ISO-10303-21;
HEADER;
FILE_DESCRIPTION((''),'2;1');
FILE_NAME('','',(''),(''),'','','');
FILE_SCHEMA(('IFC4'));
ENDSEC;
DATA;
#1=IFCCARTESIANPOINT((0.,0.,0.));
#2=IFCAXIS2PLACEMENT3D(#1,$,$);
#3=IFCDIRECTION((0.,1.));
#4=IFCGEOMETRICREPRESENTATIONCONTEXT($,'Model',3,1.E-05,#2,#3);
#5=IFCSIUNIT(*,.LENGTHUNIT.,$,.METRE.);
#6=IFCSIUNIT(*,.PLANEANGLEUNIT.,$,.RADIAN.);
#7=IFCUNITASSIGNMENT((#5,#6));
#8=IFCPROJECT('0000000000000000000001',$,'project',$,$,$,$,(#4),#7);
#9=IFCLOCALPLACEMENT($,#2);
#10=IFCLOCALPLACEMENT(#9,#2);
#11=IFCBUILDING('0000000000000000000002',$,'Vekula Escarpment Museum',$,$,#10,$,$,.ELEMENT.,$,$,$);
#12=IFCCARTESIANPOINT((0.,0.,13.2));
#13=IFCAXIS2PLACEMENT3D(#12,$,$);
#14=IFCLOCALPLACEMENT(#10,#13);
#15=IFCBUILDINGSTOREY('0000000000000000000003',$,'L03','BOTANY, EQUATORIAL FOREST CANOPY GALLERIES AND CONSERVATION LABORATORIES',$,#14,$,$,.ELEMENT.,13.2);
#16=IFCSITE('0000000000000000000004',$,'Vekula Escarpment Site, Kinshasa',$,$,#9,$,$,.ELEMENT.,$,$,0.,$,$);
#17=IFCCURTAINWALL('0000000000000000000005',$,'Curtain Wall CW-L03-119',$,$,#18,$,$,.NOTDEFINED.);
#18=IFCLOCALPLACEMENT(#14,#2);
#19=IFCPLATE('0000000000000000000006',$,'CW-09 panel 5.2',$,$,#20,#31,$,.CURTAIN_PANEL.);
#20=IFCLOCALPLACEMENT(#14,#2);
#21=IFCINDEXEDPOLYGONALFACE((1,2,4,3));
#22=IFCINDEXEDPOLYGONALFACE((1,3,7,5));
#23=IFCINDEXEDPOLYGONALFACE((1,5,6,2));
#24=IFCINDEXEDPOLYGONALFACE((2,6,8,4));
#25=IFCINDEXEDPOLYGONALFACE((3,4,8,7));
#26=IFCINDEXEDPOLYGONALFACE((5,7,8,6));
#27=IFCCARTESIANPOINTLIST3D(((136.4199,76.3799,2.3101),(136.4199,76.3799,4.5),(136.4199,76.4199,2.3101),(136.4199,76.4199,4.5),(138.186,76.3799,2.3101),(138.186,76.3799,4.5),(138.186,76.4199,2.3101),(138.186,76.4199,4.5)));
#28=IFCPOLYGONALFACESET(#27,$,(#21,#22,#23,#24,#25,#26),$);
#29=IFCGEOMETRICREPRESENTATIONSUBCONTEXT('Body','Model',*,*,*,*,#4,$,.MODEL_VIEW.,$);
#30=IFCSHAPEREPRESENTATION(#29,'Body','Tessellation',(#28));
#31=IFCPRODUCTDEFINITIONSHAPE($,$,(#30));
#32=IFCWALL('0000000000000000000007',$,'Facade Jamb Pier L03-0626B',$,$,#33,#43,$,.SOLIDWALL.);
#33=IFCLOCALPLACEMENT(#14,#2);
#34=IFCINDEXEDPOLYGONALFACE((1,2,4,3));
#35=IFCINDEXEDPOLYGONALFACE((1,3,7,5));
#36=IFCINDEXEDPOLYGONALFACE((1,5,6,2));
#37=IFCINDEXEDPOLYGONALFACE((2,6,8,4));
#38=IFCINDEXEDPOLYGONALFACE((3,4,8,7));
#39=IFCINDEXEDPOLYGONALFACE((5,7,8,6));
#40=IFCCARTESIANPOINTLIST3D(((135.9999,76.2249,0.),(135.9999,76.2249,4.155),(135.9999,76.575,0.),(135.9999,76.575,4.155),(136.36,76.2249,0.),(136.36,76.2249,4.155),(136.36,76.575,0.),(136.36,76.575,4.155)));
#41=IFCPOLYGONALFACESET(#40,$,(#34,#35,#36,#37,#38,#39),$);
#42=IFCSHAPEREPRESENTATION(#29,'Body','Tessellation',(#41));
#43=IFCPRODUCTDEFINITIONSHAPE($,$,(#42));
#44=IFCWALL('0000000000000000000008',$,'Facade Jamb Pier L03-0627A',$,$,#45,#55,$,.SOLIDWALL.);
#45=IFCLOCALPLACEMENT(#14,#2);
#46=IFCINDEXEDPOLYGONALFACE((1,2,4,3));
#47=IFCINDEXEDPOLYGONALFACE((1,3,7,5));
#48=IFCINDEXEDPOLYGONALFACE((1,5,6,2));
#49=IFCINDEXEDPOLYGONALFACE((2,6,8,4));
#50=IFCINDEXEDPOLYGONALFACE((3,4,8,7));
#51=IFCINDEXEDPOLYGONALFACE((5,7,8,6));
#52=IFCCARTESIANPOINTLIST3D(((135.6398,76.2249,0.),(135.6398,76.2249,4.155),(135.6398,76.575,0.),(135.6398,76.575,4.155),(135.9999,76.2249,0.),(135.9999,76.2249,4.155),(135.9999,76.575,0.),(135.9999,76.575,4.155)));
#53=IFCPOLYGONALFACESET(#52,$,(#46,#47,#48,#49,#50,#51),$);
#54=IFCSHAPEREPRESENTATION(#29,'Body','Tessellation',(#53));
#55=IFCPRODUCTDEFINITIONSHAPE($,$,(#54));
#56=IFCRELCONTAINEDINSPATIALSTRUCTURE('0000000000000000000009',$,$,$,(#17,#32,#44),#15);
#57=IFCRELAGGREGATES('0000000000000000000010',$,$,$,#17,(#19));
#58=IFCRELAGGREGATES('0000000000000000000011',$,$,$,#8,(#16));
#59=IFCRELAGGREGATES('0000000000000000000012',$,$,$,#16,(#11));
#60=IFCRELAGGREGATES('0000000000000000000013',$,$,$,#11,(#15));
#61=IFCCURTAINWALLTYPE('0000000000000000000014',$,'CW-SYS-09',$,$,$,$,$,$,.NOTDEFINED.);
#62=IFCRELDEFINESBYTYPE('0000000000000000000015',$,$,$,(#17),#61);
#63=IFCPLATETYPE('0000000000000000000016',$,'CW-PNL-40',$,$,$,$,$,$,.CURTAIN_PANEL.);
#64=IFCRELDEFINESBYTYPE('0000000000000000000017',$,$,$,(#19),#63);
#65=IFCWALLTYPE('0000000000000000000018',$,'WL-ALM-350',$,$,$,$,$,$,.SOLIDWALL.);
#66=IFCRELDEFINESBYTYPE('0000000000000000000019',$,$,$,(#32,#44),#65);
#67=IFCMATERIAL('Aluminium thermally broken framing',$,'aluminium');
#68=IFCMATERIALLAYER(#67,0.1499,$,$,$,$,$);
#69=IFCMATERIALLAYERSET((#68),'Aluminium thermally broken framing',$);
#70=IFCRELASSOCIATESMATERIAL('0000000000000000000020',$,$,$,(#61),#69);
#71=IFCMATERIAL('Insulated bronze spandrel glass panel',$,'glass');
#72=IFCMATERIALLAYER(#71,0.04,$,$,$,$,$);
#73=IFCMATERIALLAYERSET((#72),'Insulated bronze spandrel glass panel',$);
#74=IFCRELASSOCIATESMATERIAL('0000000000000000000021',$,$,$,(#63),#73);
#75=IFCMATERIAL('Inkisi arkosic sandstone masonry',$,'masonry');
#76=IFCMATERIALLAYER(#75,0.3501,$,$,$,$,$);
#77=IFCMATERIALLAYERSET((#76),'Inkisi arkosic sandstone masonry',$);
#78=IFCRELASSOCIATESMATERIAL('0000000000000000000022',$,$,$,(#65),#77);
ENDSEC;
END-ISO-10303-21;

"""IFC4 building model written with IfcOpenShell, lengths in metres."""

from ifc_helpers import new_model, si_unit, direction, frame, frame_2d, origin, origin_2d, place, context, subcontext, project, spatial, rectangle, extrude, material, layer, layer_set, type_object, element, aggregate, save


model = new_model("IFC4")

# Units and contexts
model_context = context("Model", 3, precision=1e-05, world=origin(), true_north=direction((0.0, 1.0)))
body_context = subcontext(model_context, "Body", "Model", "MODEL_VIEW")
ifc_project = project(units=[si_unit("LENGTHUNIT", "METRE"), si_unit("PLANEANGLEUNIT", "RADIAN")], contexts=[model_context])

# Site, building, storey
site_placement = place(None, origin())
site = spatial("IfcSite", under=ifc_project, at=site_placement, Name="Vekula Escarpment Site, Kinshasa", CompositionType="ELEMENT", RefElevation=0.0)
building_placement = place(site_placement, origin())
building = spatial("IfcBuilding", under=site, at=building_placement, Name="Vekula Escarpment Museum", CompositionType="ELEMENT")
storey_placement = place(building_placement, frame((0.0, 0.0, 13.2)))
storey = spatial("IfcBuildingStorey", under=building, at=storey_placement, Name="L03", Description="BOTANY, EQUATORIAL FOREST CANOPY GALLERIES AND CONSERVATION LABORATORIES", CompositionType="ELEMENT", Elevation=13.2)

# Curtain wall
ifc_material_1 = material(Name="Aluminium thermally broken framing", Category="aluminium")
ifc_layer_1 = layer(ifc_material_1, 0.1499)
ifc_layer_set_1 = layer_set([ifc_layer_1], Name="Aluminium thermally broken framing")
curtain_wall_type_1 = type_object("IfcCurtainWallType", Name="CW-SYS-09", PredefinedType="NOTDEFINED", material=ifc_layer_set_1)
curtain_wall_1_placement = place(storey_placement, origin())
curtain_wall_1 = element("IfcCurtainWall", 1, at=curtain_wall_1_placement, inside=storey, type_object=curtain_wall_type_1, Name="Curtain Wall CW-L03-119", PredefinedType="NOTDEFINED")

# Plate
ifc_material_2 = material(Name="Insulated bronze spandrel glass panel", Category="glass")
ifc_layer_2 = layer(ifc_material_2, 0.04)
ifc_layer_set_2 = layer_set([ifc_layer_2], Name="Insulated bronze spandrel glass panel")
plate_type_1 = type_object("IfcPlateType", Name="CW-PNL-40", PredefinedType="CURTAIN_PANEL", material=ifc_layer_set_2)
plate_1_placement = place(storey_placement, frame((137.303, 76.3999, 2.3101), z_axis=(0.0, 0.0, 1.0), x_axis=(-1.0, 0.0, 0.0)))
plate_1 = element("IfcPlate", 2, at=plate_1_placement, type_object=plate_type_1, Name="CW-09 panel 5.2", PredefinedType="CURTAIN_PANEL", context=body_context, shape_type="SweptSolid", body=[
    extrude(rectangle(XDim=1.7661, YDim=0.04, at=origin_2d()), origin(), (0.0, 0.0, 1.0), 2.1899),
])
aggregate(curtain_wall_1, [plate_1])

# Walls
ifc_material_3 = material(Name="Inkisi arkosic sandstone masonry", Category="masonry")
ifc_layer_3 = layer(ifc_material_3, 0.3501)
ifc_layer_set_3 = layer_set([ifc_layer_3], Name="Inkisi arkosic sandstone masonry")
wall_type = type_object("IfcWallType", Name="WL-ALM-350", PredefinedType="SOLIDWALL", material=ifc_layer_set_3)
for number, where, z_axis, x_axis, name in (
    (3, (136.3601, 76.3999, 0.0), (0.0, 0.0, 1.0), (-1.0, 0.0, 0.0), "Facade Jamb Pier L03-0626B"),
    (4, (136.0, 76.3999, 0.0), (0.0, 0.0, 1.0), (-1.0, 0.0, 0.0), "Facade Jamb Pier L03-0627A"),
):
    element("IfcWall", number, at=place(storey_placement, frame(where, z_axis=z_axis, x_axis=x_axis)), inside=storey, type_object=wall_type, Name=name, PredefinedType="SOLIDWALL", context=body_context, shape_type="SweptSolid", body=[
        extrude(rectangle(XDim=0.3601, YDim=0.3501, at=frame_2d((0.1802, 0.0))), origin(), (0.0, 0.0, 1.0), 4.155),
    ])

save(model, "model.ifc")
